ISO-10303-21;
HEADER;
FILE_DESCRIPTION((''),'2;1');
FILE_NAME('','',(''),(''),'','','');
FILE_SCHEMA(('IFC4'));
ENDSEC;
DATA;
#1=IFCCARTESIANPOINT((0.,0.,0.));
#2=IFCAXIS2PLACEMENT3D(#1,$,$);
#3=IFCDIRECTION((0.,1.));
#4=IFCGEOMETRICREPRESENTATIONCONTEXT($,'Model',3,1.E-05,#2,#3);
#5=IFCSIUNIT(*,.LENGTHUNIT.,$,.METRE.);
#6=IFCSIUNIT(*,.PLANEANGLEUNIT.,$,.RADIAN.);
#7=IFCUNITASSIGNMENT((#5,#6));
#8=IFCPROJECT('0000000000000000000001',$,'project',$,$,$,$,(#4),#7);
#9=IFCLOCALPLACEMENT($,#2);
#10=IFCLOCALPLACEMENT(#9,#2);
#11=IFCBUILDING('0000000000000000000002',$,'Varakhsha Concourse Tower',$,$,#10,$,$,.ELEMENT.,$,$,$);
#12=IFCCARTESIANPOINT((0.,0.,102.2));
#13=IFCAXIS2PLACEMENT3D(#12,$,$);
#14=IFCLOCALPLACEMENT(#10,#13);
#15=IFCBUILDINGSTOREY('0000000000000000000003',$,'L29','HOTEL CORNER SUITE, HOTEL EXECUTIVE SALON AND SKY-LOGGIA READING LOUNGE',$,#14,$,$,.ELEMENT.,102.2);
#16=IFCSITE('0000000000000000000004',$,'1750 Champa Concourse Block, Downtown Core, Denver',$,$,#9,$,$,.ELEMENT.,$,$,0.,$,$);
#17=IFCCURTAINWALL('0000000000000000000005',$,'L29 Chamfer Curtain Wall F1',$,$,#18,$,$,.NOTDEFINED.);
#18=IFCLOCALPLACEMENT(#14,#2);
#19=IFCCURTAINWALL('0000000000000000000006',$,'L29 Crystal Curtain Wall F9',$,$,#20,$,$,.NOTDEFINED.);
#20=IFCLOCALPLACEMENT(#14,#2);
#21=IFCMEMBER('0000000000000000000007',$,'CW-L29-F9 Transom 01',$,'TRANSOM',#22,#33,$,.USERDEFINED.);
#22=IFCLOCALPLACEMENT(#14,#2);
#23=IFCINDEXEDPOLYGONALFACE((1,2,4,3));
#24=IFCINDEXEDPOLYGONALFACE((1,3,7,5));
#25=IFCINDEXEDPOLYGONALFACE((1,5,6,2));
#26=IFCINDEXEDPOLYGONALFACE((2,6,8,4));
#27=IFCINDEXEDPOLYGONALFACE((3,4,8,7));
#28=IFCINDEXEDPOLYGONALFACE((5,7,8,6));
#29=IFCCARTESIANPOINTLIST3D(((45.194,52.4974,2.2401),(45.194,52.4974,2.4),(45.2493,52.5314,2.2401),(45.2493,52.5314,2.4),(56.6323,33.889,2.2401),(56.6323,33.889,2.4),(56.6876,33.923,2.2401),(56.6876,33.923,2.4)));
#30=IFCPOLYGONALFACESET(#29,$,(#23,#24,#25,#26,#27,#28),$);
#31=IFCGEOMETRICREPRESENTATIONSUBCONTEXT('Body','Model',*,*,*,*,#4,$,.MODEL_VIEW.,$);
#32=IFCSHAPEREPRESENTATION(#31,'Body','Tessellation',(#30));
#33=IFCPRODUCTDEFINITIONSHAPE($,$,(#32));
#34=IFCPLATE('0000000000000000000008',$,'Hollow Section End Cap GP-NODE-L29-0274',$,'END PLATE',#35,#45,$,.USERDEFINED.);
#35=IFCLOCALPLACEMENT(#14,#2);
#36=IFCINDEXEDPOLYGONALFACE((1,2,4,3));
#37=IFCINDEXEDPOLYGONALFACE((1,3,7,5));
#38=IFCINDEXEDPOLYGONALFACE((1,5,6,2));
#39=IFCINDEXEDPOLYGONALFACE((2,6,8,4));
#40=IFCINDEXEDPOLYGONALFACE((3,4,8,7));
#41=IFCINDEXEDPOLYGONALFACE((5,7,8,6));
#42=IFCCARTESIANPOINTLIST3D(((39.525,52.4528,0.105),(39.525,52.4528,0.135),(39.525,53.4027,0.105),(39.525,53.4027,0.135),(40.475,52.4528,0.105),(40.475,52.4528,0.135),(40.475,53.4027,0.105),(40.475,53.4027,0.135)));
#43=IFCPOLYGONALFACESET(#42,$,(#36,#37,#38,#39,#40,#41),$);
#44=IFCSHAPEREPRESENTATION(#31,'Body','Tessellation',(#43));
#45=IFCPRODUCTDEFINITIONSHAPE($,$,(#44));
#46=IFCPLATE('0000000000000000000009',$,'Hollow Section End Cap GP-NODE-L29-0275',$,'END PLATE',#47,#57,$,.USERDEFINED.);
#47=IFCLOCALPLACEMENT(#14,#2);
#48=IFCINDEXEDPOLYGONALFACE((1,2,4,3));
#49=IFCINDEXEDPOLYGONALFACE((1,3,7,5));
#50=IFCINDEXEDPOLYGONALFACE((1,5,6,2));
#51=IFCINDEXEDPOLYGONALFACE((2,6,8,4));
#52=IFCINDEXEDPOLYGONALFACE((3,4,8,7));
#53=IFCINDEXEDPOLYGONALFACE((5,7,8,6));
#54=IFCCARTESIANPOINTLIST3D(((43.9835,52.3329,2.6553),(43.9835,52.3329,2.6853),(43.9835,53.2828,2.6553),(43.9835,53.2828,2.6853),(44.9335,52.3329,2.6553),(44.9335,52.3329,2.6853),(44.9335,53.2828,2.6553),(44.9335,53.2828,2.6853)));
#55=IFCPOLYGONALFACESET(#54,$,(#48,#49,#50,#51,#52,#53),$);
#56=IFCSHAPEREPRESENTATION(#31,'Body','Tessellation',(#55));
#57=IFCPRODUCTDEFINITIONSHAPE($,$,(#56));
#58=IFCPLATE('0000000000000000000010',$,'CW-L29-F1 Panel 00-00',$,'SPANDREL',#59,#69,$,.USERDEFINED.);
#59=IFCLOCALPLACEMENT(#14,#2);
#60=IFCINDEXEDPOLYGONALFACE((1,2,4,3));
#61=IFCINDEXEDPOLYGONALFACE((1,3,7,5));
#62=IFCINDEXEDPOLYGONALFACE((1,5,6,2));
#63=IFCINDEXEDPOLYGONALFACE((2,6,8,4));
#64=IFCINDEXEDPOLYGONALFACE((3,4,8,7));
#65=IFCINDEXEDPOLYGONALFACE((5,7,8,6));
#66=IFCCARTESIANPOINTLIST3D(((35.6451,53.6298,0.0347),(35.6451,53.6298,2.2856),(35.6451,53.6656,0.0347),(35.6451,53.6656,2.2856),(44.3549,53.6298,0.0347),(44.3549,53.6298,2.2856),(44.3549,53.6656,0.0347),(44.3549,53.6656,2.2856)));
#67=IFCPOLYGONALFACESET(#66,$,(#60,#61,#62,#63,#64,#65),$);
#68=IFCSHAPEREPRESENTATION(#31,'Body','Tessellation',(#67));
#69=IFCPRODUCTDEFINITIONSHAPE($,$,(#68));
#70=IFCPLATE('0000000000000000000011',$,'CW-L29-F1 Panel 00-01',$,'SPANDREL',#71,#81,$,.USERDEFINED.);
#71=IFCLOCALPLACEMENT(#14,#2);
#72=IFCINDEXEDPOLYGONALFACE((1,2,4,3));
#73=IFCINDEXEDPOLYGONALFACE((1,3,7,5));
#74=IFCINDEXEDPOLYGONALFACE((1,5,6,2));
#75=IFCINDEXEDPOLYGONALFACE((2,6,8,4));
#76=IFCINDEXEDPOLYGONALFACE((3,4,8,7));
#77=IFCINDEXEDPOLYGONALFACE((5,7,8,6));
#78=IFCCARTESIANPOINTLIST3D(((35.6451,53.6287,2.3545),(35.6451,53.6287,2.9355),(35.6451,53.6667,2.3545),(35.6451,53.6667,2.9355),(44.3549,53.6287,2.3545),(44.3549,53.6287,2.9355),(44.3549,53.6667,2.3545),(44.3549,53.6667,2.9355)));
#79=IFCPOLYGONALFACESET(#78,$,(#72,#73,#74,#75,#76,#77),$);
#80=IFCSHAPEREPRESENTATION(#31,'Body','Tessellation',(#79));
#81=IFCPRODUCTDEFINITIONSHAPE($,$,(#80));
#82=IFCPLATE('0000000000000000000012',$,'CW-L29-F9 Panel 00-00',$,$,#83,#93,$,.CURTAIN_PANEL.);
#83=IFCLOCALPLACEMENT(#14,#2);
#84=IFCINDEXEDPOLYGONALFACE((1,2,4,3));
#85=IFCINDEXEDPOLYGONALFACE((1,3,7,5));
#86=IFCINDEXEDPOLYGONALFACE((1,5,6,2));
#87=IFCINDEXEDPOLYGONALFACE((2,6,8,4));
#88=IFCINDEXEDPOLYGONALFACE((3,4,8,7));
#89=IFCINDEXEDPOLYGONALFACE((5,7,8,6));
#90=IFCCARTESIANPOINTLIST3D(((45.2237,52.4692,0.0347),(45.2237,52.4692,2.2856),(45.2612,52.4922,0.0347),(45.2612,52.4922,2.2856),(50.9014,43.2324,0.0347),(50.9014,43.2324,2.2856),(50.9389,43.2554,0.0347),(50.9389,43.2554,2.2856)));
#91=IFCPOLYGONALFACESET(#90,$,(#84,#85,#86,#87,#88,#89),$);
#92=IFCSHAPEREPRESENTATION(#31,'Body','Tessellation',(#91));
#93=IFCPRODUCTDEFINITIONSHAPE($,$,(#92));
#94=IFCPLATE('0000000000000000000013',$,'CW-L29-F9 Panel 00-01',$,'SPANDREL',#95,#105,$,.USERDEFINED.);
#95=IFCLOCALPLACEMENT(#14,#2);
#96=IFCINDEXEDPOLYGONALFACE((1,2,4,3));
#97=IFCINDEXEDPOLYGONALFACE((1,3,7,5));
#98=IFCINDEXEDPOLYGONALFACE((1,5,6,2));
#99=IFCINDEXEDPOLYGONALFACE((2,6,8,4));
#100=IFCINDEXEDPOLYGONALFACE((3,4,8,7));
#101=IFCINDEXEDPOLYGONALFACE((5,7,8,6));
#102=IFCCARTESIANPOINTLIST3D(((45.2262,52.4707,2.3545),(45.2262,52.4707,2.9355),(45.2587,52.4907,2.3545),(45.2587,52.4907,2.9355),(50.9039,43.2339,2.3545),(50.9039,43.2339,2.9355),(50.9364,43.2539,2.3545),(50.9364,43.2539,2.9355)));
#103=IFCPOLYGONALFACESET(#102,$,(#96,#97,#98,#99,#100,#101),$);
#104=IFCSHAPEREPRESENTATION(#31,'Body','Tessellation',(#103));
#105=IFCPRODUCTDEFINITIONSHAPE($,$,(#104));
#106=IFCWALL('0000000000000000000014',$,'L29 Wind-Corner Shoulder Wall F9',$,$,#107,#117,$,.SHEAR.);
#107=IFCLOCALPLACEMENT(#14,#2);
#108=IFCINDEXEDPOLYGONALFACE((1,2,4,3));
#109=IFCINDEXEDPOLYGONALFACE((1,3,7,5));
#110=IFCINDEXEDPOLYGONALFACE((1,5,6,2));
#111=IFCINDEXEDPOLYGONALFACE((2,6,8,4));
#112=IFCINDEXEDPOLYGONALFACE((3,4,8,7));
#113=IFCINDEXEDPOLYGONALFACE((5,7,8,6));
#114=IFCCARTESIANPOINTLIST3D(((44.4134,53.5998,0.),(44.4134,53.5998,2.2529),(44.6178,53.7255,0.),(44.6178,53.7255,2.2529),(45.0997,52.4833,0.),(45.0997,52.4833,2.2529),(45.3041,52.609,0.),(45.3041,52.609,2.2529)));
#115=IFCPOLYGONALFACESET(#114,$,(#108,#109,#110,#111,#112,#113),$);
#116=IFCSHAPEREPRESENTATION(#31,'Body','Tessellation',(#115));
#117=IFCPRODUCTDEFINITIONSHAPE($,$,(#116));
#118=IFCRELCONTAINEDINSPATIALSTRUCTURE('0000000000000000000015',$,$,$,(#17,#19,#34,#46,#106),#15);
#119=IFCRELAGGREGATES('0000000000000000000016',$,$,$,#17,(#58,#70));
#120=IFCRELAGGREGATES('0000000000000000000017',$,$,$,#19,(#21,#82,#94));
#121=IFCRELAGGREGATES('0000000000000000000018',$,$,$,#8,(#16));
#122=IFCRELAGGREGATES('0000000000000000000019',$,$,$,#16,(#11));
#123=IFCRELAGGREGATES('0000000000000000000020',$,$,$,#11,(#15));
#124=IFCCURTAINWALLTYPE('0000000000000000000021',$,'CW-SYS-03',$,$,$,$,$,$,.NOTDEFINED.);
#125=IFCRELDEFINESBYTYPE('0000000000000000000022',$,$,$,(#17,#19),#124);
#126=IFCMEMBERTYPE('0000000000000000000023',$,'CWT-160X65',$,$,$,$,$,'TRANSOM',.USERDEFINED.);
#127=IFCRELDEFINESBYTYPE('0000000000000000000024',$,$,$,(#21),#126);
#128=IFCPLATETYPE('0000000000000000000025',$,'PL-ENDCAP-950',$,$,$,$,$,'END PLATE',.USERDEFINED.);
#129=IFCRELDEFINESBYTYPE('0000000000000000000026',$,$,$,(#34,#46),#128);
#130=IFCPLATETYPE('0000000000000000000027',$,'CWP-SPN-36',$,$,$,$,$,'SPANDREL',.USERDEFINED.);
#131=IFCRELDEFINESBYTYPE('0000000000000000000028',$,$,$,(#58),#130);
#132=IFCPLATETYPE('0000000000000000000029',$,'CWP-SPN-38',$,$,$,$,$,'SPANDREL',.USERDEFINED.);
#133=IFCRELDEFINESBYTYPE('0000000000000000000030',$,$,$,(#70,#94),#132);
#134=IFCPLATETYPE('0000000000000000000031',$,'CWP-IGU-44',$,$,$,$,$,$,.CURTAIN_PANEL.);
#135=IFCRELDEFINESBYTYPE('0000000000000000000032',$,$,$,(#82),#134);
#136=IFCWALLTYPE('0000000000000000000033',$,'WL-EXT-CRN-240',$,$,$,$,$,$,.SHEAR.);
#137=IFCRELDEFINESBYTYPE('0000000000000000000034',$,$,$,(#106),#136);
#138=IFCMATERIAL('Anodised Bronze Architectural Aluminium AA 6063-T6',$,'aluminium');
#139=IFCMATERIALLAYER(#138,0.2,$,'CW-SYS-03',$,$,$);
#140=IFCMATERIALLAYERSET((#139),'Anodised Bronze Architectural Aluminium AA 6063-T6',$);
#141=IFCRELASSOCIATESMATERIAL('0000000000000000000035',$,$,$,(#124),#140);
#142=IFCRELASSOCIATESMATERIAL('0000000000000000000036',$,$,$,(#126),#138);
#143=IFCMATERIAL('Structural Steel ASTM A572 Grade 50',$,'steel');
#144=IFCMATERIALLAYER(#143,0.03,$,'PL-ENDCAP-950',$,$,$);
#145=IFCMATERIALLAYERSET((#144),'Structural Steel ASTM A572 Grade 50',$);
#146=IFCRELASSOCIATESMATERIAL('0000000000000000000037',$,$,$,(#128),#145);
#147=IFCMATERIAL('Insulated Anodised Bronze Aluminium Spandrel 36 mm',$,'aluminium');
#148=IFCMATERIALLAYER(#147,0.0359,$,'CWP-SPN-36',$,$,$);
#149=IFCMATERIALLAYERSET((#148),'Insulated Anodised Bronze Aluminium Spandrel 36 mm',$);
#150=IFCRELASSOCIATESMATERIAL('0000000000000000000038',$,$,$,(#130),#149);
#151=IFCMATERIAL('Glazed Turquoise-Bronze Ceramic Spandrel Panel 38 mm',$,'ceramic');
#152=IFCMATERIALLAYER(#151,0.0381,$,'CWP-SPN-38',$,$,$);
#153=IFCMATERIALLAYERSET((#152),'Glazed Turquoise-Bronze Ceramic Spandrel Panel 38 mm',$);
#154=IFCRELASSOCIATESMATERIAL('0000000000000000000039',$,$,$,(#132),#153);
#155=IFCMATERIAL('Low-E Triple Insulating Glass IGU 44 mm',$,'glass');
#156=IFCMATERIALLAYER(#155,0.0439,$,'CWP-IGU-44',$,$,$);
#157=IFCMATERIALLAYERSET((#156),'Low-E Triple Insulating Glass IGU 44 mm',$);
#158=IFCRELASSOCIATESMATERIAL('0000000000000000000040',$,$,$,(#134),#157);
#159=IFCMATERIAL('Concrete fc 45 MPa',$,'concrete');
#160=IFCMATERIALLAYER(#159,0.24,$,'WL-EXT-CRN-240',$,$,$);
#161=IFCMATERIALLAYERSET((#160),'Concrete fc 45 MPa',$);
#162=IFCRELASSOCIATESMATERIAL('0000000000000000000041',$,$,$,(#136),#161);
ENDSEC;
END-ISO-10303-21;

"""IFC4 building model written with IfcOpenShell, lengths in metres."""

from ifc_helpers import new_model, si_unit, direction, frame, frame_2d, origin, origin_2d, place, context, subcontext, project, spatial, rectangle, extrude, source, transform, mapped, material, layer, layer_set, material_profile, profile_set, type_object, type_shapes, element, aggregate, save


model = new_model("IFC4")

# Units and contexts
model_context = context("Model", 3, precision=1e-05, world=origin(), true_north=direction((0.0, 1.0)))
body_context = subcontext(model_context, "Body", "Model", "MODEL_VIEW")
ifc_project = project(units=[si_unit("LENGTHUNIT", "METRE"), si_unit("PLANEANGLEUNIT", "RADIAN")], contexts=[model_context])

# Site, building, storey
site_placement = place(None, origin())
site = spatial("IfcSite", under=ifc_project, at=site_placement, Name="1750 Champa Concourse Block, Downtown Core, Denver", CompositionType="ELEMENT", RefElevation=0.0)
building_placement = place(site_placement, origin())
building = spatial("IfcBuilding", under=site, at=building_placement, Name="Varakhsha Concourse Tower", CompositionType="ELEMENT")
storey_placement = place(building_placement, frame((0.0, 0.0, 102.2)))
storey = spatial("IfcBuildingStorey", under=building, at=storey_placement, Name="L29", Description="HOTEL CORNER SUITE, HOTEL EXECUTIVE SALON AND SKY-LOGGIA READING LOUNGE", CompositionType="ELEMENT", Elevation=102.2)

# Shared definitions
ifc_material_1 = material(Name="Structural Steel ASTM A572 Grade 50", Category="steel")

# Curtain wall
ifc_material_2 = material(Name="Anodised Bronze Architectural Aluminium AA 6063-T6", Category="aluminium")
ifc_layer_1 = layer(ifc_material_2, 0.2, Name="CW-SYS-03")
ifc_layer_set_1 = layer_set([ifc_layer_1], Name="Anodised Bronze Architectural Aluminium AA 6063-T6")
curtain_wall_type = type_object("IfcCurtainWallType", Name="CW-SYS-03", PredefinedType="NOTDEFINED", material=ifc_layer_set_1)
curtain_wall_1_placement = place(storey_placement, origin())
curtain_wall_1 = element("IfcCurtainWall", 1, at=curtain_wall_1_placement, inside=storey, type_object=curtain_wall_type, Name="L29 Chamfer Curtain Wall F1", PredefinedType="NOTDEFINED")

# Curtain wall, member
curtain_wall_2_placement = place(storey_placement, origin())
curtain_wall_2 = element("IfcCurtainWall", 2, at=curtain_wall_2_placement, inside=storey, type_object=curtain_wall_type, Name="L29 Crystal Curtain Wall F9", PredefinedType="NOTDEFINED")
ifc_material_profile_1 = material_profile(ifc_material_2, rectangle(XDim=0.0649, YDim=0.1599, at=origin_2d()), Name="CWT-160X65")
ifc_profile_set_1 = profile_set([ifc_material_profile_1], Name="Anodised Bronze Architectural Aluminium AA 6063-T6")
member_type_1 = type_object("IfcMemberType", Name="CWT-160X65", ElementType="TRANSOM", PredefinedType="USERDEFINED", material=ifc_profile_set_1)
shared_shape_1 = source(origin(), body_context, "Body", "SweptSolid", [
    extrude(rectangle(XDim=0.0649, YDim=0.1599, at=origin_2d()), origin(), (0.0, 0.0, 1.0), 21.8428),
])
type_shapes(member_type_1, [shared_shape_1])
member_1_placement = place(storey_placement, frame((45.2217, 52.5144, 2.3201), z_axis=(0.523663, -0.851926, 0.0), x_axis=(0.851926, 0.523663, 0.0)))
member_1 = element("IfcMember", 3, at=member_1_placement, type_object=member_type_1, Name="CW-L29-F9 Transom 01", ObjectType="TRANSOM", PredefinedType="USERDEFINED", context=body_context, shape_type="MappedRepresentation", body=[
    mapped(shared_shape_1, transform((0.0, 0.0, 0.0), scale=1.0)),
])

# Plates
ifc_layer_2 = layer(ifc_material_1, 0.03, Name="PL-ENDCAP-950")
ifc_layer_set_2 = layer_set([ifc_layer_2], Name="Structural Steel ASTM A572 Grade 50")
plate_type_1 = type_object("IfcPlateType", Name="PL-ENDCAP-950", ElementType="END PLATE", PredefinedType="USERDEFINED", material=ifc_layer_set_2)
shared_shape_2 = source(origin(), body_context, "Body", "SweptSolid", [
    extrude(rectangle(XDim=0.95, YDim=0.95, at=origin_2d()), origin(), (0.0, 0.0, 1.0), 0.03),
])
type_shapes(plate_type_1, [shared_shape_2])
for number, where, z_axis, x_axis, name in (
    (4, (40.0, 52.9277, 0.105), (0.0, 0.0, 1.0), (1.0, 0.0, 0.0), "Hollow Section End Cap GP-NODE-L29-0274"),
    (5, (44.4585, 52.8079, 2.6553), (0.0, 0.0, 1.0), (1.0, 0.0, 0.0), "Hollow Section End Cap GP-NODE-L29-0275"),
):
    element("IfcPlate", number, at=place(storey_placement, frame(where, z_axis=z_axis, x_axis=x_axis)), inside=storey, type_object=plate_type_1, Name=name, ObjectType="END PLATE", PredefinedType="USERDEFINED", context=body_context, shape_type="MappedRepresentation", body=[
        mapped(shared_shape_2, transform((0.0, 0.0, 0.0), scale=1.0)),
    ])

# Plates
ifc_material_3 = material(Name="Insulated Anodised Bronze Aluminium Spandrel 36 mm", Category="aluminium")
ifc_layer_3 = layer(ifc_material_3, 0.0359, Name="CWP-SPN-36")
ifc_layer_set_3 = layer_set([ifc_layer_3], Name="Insulated Anodised Bronze Aluminium Spandrel 36 mm")
plate_type_2 = type_object("IfcPlateType", Name="CWP-SPN-36", ElementType="SPANDREL", PredefinedType="USERDEFINED", material=ifc_layer_set_3)
shared_shape_3 = source(origin(), body_context, "Body", "SweptSolid", [
    extrude(rectangle(XDim=8.7097, YDim=0.0359, at=origin_2d()), origin(), (0.0, 0.0, 1.0), 2.251),
])
type_shapes(plate_type_2, [shared_shape_3])
plate_1_placement = place(storey_placement, frame((40.0, 53.6477, 0.0347), z_axis=(0.0, 0.0, 1.0), x_axis=(1.0, 0.0, 0.0)))
plate_1 = element("IfcPlate", 6, at=plate_1_placement, type_object=plate_type_2, Name="CW-L29-F1 Panel 00-00", ObjectType="SPANDREL", PredefinedType="USERDEFINED", context=body_context, shape_type="MappedRepresentation", body=[
    mapped(shared_shape_3, transform((0.0, 0.0, 0.0), scale=1.0)),
])
ifc_material_4 = material(Name="Glazed Turquoise-Bronze Ceramic Spandrel Panel 38 mm", Category="ceramic")
ifc_layer_4 = layer(ifc_material_4, 0.0381, Name="CWP-SPN-38")
ifc_layer_set_4 = layer_set([ifc_layer_4], Name="Glazed Turquoise-Bronze Ceramic Spandrel Panel 38 mm")
plate_type_3 = type_object("IfcPlateType", Name="CWP-SPN-38", ElementType="SPANDREL", PredefinedType="USERDEFINED", material=ifc_layer_set_4)
shared_shape_4 = source(origin(), body_context, "Body", "SweptSolid", [
    extrude(rectangle(XDim=8.7097, YDim=0.0381, at=origin_2d()), origin(), (0.0, 0.0, 1.0), 0.5811),
])
plate_2_placement = place(storey_placement, frame((40.0, 53.6477, 2.3545), z_axis=(0.0, 0.0, 1.0), x_axis=(1.0, 0.0, 0.0)))
plate_2 = element("IfcPlate", 7, at=plate_2_placement, type_object=plate_type_3, Name="CW-L29-F1 Panel 00-01", ObjectType="SPANDREL", PredefinedType="USERDEFINED", context=body_context, shape_type="MappedRepresentation", body=[
    mapped(shared_shape_4, transform((0.0, 0.0, 0.0), scale=1.0)),
])
aggregate(curtain_wall_1, [plate_1, plate_2])
ifc_material_5 = material(Name="Low-E Triple Insulating Glass IGU 44 mm", Category="glass")
ifc_layer_5 = layer(ifc_material_5, 0.0439, Name="CWP-IGU-44")
ifc_layer_set_5 = layer_set([ifc_layer_5], Name="Low-E Triple Insulating Glass IGU 44 mm")
plate_type_4 = type_object("IfcPlateType", Name="CWP-IGU-44", PredefinedType="CURTAIN_PANEL", material=ifc_layer_set_5)
shared_shape_5 = source(origin(), body_context, "Body", "SweptSolid", [
    extrude(rectangle(XDim=10.8423, YDim=0.0439, at=origin_2d()), origin(), (0.0, 0.0, 1.0), 2.251),
])
type_shapes(plate_type_4, [shared_shape_5])
plate_3_placement = place(storey_placement, frame((48.0813, 47.8623, 0.0347), z_axis=(0.0, 0.0, 1.0), x_axis=(0.523665, -0.851924, 0.0)))
plate_3 = element("IfcPlate", 8, at=plate_3_placement, type_object=plate_type_4, Name="CW-L29-F9 Panel 00-00", PredefinedType="CURTAIN_PANEL", context=body_context, shape_type="MappedRepresentation", body=[
    mapped(shared_shape_5, transform((0.0, 0.0, 0.0), scale=1.0)),
])
shared_shape_6 = source(origin(), body_context, "Body", "SweptSolid", [
    extrude(rectangle(XDim=10.8423, YDim=0.0381, at=origin_2d()), origin(), (0.0, 0.0, 1.0), 0.5811),
])
type_shapes(plate_type_3, [shared_shape_4, shared_shape_6])
plate_4_placement = place(storey_placement, frame((48.0813, 47.8623, 2.3545), z_axis=(0.0, 0.0, 1.0), x_axis=(0.523665, -0.851924, 0.0)))
plate_4 = element("IfcPlate", 9, at=plate_4_placement, type_object=plate_type_3, Name="CW-L29-F9 Panel 00-01", ObjectType="SPANDREL", PredefinedType="USERDEFINED", context=body_context, shape_type="MappedRepresentation", body=[
    mapped(shared_shape_6, transform((0.0, 0.0, 0.0), scale=1.0)),
])
aggregate(curtain_wall_2, [member_1, plate_3, plate_4])

# Wall
ifc_material_6 = material(Name="Concrete fc 45 MPa", Category="concrete")
ifc_layer_6 = layer(ifc_material_6, 0.24, Name="WL-EXT-CRN-240")
ifc_layer_set_6 = layer_set([ifc_layer_6], Name="Concrete fc 45 MPa")
wall_type = type_object("IfcWallType", Name="WL-EXT-CRN-240", PredefinedType="SHEAR", material=ifc_layer_set_6)
wall_placement = place(storey_placement, frame((45.2019, 52.5461, 0.0), z_axis=(0.0, 0.0, 1.0), x_axis=(-0.523671, 0.85192, 0.0)))
element("IfcWall", 10, at=wall_placement, inside=storey, type_object=wall_type, Name="L29 Wind-Corner Shoulder Wall F9", PredefinedType="SHEAR", context=body_context, shape_type="SweptSolid", body=[
    extrude(rectangle(XDim=1.3105, YDim=0.24, at=frame_2d((0.6553, 0.0))), origin(), (0.0, 0.0, 1.0), 2.2529),
])

save(model, "model.ifc")
